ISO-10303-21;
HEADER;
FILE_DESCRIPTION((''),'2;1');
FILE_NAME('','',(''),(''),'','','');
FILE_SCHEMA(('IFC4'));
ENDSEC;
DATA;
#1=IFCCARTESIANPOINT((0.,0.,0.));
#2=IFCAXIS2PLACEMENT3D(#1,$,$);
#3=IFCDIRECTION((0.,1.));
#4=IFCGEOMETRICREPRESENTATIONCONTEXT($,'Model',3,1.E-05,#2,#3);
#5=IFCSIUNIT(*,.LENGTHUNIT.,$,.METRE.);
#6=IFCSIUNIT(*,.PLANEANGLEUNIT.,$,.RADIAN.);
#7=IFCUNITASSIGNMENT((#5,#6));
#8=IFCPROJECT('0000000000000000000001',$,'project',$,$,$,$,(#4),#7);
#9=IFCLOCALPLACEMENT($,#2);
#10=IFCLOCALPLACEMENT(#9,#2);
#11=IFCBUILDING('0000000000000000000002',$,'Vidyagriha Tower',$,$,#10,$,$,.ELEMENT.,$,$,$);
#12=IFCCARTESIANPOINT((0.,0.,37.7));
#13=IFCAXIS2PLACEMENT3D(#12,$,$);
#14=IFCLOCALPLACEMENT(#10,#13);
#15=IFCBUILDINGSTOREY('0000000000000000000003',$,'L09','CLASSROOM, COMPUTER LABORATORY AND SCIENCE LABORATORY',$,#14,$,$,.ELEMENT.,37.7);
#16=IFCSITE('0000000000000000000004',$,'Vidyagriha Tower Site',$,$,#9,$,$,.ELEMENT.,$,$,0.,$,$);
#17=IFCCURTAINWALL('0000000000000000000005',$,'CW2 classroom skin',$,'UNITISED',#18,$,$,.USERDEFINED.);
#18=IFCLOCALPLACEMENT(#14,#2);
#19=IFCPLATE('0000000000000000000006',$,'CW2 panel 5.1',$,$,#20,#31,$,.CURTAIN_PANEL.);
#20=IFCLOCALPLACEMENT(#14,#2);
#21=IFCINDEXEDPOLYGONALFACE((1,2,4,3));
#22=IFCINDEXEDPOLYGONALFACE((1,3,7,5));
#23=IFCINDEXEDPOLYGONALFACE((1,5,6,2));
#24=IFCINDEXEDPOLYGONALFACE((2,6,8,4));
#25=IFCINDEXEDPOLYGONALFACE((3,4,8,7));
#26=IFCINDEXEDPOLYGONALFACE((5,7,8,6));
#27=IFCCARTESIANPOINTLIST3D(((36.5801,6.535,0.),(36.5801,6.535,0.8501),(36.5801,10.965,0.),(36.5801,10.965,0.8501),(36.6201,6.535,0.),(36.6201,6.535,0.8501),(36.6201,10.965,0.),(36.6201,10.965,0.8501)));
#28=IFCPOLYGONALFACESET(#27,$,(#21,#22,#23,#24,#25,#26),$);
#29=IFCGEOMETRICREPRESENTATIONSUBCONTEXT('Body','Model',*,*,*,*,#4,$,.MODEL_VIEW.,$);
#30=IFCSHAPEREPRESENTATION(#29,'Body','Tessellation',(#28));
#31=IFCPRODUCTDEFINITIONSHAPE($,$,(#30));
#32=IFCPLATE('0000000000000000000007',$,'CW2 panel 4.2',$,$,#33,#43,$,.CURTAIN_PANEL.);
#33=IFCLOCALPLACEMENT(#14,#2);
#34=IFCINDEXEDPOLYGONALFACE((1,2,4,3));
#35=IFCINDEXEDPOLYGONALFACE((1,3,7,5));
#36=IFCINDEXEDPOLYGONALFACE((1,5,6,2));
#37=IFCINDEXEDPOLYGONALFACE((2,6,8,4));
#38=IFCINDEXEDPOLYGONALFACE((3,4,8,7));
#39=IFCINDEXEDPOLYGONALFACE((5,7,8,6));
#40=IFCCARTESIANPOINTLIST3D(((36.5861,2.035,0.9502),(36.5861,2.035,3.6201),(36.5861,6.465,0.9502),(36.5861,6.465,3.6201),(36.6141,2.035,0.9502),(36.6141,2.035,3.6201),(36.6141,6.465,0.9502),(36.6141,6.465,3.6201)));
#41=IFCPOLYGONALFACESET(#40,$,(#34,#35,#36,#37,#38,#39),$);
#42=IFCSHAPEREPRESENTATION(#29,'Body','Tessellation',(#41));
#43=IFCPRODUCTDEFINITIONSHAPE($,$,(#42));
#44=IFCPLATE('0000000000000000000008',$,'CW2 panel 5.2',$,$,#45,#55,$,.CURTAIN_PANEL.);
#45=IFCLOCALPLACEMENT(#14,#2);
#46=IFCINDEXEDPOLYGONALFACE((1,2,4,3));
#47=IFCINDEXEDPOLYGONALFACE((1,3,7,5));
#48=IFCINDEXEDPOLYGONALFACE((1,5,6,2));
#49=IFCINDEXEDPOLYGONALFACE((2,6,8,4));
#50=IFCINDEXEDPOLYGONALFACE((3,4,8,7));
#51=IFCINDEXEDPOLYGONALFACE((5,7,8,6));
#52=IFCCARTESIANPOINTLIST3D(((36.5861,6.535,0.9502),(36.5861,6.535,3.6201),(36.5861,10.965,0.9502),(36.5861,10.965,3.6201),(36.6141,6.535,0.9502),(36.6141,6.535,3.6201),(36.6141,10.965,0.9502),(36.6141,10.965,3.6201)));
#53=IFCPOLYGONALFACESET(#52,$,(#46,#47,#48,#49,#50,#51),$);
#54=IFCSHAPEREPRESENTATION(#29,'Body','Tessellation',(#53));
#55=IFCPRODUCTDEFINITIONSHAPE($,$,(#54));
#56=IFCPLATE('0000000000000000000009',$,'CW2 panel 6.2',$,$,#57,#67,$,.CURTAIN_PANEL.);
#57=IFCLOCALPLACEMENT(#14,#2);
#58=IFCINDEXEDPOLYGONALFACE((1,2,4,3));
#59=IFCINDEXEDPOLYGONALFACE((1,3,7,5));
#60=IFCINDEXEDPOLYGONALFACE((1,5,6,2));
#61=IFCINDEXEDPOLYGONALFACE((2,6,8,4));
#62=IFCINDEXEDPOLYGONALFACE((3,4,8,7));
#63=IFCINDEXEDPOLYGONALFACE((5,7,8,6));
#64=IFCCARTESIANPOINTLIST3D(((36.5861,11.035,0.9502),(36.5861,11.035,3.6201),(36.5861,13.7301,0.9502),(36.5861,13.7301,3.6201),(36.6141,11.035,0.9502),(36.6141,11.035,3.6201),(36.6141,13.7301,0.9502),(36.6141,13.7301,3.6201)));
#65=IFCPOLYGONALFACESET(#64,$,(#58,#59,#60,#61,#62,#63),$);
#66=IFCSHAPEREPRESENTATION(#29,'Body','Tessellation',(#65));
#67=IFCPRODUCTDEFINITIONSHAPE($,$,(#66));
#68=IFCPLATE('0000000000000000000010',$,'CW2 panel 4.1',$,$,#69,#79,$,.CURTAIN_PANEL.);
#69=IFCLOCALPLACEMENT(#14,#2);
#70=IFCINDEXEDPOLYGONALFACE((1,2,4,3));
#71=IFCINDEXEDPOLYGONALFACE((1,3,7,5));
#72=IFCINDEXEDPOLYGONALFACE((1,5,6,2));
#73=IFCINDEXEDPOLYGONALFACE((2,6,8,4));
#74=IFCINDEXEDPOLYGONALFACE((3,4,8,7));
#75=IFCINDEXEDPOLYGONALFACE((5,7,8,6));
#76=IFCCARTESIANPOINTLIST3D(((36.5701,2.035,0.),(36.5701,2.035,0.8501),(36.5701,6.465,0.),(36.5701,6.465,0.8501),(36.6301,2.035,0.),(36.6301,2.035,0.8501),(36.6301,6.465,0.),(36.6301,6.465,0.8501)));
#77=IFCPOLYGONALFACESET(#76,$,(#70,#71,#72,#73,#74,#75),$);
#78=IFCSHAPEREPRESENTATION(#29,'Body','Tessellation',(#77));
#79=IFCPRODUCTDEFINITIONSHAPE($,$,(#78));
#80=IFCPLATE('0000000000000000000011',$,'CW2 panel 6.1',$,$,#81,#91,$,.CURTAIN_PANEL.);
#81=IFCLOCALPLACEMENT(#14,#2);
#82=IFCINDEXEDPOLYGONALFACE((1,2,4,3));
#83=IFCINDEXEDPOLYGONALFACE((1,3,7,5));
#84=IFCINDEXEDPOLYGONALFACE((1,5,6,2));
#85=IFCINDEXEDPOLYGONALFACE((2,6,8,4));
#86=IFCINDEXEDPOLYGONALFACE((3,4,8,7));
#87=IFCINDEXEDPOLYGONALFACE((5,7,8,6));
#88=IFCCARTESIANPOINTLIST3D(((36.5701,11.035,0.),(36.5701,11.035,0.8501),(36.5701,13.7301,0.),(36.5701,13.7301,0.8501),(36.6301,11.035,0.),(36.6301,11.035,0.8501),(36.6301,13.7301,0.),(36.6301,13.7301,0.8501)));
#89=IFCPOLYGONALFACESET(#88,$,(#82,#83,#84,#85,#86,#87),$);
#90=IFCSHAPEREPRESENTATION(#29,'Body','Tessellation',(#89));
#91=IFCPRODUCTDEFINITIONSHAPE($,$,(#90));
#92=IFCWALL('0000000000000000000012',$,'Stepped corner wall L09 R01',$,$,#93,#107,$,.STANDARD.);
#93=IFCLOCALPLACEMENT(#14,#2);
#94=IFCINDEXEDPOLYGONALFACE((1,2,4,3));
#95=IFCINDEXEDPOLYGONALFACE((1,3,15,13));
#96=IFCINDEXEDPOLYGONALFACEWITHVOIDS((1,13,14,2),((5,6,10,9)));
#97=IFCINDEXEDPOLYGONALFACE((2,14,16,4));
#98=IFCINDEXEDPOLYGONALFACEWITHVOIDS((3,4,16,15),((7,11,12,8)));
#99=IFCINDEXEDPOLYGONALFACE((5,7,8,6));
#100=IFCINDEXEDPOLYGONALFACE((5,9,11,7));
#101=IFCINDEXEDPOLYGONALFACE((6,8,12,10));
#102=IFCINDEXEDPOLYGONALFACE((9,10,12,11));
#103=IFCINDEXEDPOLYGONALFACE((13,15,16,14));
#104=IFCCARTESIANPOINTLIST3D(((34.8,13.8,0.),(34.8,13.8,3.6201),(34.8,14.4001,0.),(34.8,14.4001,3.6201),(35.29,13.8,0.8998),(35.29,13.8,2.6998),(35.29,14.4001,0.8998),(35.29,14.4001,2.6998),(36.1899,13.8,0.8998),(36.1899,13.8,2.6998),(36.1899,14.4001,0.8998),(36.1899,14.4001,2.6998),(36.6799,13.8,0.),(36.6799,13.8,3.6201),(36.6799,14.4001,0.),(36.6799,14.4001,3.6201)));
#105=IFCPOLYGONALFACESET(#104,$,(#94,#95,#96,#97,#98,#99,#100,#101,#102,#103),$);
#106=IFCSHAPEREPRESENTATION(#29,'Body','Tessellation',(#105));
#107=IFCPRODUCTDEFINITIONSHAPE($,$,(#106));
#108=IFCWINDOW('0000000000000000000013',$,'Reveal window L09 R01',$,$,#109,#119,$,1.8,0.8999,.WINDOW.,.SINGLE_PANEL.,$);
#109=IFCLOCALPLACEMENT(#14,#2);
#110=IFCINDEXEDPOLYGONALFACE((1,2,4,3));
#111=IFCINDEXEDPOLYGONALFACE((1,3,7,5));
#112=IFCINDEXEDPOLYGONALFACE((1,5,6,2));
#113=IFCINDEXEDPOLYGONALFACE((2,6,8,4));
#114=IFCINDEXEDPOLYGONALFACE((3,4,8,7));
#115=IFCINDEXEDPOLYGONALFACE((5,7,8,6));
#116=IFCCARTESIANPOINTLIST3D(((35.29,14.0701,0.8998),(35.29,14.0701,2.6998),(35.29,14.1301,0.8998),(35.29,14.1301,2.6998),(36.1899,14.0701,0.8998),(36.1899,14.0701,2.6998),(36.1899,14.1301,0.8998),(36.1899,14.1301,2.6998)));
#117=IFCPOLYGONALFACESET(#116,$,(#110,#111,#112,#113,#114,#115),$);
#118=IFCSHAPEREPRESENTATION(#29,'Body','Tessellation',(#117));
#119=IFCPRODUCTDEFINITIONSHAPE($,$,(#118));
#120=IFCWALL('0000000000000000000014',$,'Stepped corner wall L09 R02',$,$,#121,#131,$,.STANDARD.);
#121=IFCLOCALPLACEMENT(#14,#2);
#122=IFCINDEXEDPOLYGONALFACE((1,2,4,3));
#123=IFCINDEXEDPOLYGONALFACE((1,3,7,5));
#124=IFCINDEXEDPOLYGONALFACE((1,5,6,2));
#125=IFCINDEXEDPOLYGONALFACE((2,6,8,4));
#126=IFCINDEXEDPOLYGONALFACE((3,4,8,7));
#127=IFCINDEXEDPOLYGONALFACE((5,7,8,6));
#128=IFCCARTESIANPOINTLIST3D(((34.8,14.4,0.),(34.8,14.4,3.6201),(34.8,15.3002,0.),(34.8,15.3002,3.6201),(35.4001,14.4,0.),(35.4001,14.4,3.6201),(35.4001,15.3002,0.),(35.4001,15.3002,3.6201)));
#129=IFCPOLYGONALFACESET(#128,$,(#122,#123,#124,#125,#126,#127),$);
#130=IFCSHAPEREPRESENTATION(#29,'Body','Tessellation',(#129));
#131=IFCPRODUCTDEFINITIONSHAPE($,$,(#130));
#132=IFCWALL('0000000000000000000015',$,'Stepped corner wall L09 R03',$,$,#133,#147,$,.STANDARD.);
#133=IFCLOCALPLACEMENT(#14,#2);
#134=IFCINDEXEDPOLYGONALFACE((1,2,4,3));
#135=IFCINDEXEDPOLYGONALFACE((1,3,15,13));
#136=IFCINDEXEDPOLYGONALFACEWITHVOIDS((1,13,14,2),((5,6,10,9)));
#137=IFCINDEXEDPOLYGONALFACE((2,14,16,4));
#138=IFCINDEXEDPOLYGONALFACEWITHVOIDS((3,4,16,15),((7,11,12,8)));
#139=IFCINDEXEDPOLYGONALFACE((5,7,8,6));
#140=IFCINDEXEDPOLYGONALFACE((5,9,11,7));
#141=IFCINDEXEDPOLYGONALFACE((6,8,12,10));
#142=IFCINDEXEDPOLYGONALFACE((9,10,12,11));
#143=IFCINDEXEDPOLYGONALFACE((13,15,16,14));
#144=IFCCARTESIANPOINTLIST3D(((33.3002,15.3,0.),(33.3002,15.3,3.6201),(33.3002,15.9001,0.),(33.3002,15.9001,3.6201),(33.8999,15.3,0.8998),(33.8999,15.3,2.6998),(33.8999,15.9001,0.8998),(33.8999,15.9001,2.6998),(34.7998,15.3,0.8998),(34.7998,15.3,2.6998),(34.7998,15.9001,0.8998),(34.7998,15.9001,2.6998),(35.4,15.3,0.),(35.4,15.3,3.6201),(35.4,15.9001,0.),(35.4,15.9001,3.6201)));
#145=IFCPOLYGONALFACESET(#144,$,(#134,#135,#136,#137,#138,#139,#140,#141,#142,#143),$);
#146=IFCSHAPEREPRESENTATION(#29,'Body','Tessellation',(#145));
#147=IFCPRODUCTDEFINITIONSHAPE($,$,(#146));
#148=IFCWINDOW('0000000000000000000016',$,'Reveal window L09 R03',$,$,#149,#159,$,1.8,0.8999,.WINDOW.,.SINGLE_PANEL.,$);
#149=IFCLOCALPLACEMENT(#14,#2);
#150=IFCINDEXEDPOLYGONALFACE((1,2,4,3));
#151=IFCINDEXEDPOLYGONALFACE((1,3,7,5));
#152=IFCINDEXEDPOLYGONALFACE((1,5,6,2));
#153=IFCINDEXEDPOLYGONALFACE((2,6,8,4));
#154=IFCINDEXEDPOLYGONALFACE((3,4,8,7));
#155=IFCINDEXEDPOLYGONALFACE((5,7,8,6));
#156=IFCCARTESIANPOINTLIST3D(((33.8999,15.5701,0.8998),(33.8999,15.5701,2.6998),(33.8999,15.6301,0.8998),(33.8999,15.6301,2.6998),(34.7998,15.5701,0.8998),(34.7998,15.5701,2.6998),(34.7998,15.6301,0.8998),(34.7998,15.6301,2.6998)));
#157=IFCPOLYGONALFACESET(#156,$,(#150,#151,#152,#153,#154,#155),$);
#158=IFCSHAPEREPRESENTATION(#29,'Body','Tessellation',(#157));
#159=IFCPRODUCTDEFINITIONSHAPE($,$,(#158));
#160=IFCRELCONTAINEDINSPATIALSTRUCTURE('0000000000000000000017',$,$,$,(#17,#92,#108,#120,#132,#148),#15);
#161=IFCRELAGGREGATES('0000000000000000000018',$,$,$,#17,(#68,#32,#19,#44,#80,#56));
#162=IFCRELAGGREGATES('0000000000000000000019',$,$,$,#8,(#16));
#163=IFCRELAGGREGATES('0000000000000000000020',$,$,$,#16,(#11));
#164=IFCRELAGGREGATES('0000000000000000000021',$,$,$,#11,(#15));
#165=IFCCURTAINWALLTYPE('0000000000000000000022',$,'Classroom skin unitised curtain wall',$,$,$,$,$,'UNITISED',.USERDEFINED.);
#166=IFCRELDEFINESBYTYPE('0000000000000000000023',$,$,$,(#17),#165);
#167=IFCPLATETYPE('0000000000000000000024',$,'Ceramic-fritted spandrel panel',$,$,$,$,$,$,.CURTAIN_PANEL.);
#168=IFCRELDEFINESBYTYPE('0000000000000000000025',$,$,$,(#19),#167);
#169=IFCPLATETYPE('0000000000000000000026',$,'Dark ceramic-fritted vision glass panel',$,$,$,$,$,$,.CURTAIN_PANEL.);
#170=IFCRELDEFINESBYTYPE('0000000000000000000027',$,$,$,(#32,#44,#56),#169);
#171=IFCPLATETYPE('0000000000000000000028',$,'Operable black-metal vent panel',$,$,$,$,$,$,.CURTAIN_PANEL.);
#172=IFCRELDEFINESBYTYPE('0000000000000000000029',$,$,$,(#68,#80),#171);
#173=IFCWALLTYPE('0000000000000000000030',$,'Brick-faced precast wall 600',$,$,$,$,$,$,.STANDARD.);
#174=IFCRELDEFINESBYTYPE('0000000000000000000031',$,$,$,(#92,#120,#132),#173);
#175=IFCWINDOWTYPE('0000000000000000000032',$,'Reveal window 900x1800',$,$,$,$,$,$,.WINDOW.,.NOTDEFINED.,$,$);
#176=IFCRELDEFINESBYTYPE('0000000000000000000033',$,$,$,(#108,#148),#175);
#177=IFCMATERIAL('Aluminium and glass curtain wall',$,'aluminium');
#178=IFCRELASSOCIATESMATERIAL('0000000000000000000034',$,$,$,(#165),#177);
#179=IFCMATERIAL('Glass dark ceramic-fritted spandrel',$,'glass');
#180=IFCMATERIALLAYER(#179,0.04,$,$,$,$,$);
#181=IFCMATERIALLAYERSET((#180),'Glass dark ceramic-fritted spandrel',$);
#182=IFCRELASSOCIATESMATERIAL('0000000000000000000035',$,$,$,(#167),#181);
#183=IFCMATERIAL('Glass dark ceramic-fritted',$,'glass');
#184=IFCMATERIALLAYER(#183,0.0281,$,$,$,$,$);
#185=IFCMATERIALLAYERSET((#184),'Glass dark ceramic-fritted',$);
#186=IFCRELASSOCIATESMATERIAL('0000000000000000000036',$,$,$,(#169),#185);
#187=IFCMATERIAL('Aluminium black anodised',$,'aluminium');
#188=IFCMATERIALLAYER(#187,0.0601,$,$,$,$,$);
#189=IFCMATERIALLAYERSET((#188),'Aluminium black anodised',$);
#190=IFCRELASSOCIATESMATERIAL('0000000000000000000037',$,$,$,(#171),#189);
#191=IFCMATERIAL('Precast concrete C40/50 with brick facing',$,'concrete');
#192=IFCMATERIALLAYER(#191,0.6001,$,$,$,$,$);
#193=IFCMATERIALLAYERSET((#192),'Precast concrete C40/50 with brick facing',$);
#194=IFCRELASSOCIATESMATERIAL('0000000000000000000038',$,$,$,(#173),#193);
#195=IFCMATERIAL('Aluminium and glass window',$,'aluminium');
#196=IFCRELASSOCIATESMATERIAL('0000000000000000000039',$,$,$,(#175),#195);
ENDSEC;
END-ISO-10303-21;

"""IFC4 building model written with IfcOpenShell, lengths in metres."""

from ifc_helpers import new_model, si_unit, direction, frame, frame_2d, origin, origin_2d, place, context, subcontext, project, spatial, rectangle, extrude, material, layer, layer_set, type_object, element, fill, aggregate, save


model = new_model("IFC4")

# Units and contexts
model_context = context("Model", 3, precision=1e-05, world=origin(), true_north=direction((0.0, 1.0)))
body_context = subcontext(model_context, "Body", "Model", "MODEL_VIEW")
ifc_project = project(units=[si_unit("LENGTHUNIT", "METRE"), si_unit("PLANEANGLEUNIT", "RADIAN")], contexts=[model_context])

# Site, building, storey
site_placement = place(None, origin())
site = spatial("IfcSite", under=ifc_project, at=site_placement, Name="Vidyagriha Tower Site", CompositionType="ELEMENT", RefElevation=0.0)
building_placement = place(site_placement, origin())
building = spatial("IfcBuilding", under=site, at=building_placement, Name="Vidyagriha Tower", CompositionType="ELEMENT")
storey_placement = place(building_placement, frame((0.0, 0.0, 37.7)))
storey = spatial("IfcBuildingStorey", under=building, at=storey_placement, Name="L09", Description="CLASSROOM, COMPUTER LABORATORY AND SCIENCE LABORATORY", CompositionType="ELEMENT", Elevation=37.7)

# Curtain wall, plates
ifc_material_1 = material(Name="Aluminium and glass curtain wall", Category="aluminium")
curtain_wall_type = type_object("IfcCurtainWallType", Name="Classroom skin unitised curtain wall", ElementType="UNITISED", PredefinedType="USERDEFINED", material=ifc_material_1)
curtain_wall_placement = place(storey_placement, origin())
curtain_wall = element("IfcCurtainWall", 1, at=curtain_wall_placement, inside=storey, type_object=curtain_wall_type, Name="CW2 classroom skin", ObjectType="UNITISED", PredefinedType="USERDEFINED")
ifc_material_2 = material(Name="Glass dark ceramic-fritted spandrel", Category="glass")
ifc_layer_1 = layer(ifc_material_2, 0.04)
ifc_layer_set_1 = layer_set([ifc_layer_1], Name="Glass dark ceramic-fritted spandrel")
plate_type_1 = type_object("IfcPlateType", Name="Ceramic-fritted spandrel panel", PredefinedType="CURTAIN_PANEL", material=ifc_layer_set_1)
plate_1_placement = place(storey_placement, frame((36.6001, 8.75, 0.0), z_axis=(0.0, 0.0, 1.0), x_axis=(0.0, 1.0, 0.0)))
plate_1 = element("IfcPlate", 2, at=plate_1_placement, type_object=plate_type_1, Name="CW2 panel 5.1", PredefinedType="CURTAIN_PANEL", context=body_context, shape_type="SweptSolid", body=[
    extrude(rectangle(XDim=4.4299, YDim=0.04, at=origin_2d()), origin(), (0.0, 0.0, 1.0), 0.8501),
])
ifc_material_3 = material(Name="Glass dark ceramic-fritted", Category="glass")
ifc_layer_2 = layer(ifc_material_3, 0.0281)
ifc_layer_set_2 = layer_set([ifc_layer_2], Name="Glass dark ceramic-fritted")
plate_type_2 = type_object("IfcPlateType", Name="Dark ceramic-fritted vision glass panel", PredefinedType="CURTAIN_PANEL", material=ifc_layer_set_2)
plate_2_placement = place(storey_placement, frame((36.6001, 4.25, 0.9502), z_axis=(0.0, 0.0, 1.0), x_axis=(0.0, 1.0, 0.0)))
plate_2 = element("IfcPlate", 3, at=plate_2_placement, type_object=plate_type_2, Name="CW2 panel 4.2", PredefinedType="CURTAIN_PANEL", context=body_context, shape_type="SweptSolid", body=[
    extrude(rectangle(XDim=4.4299, YDim=0.0281, at=origin_2d()), origin(), (0.0, 0.0, 1.0), 2.6699),
])
plate_3_placement = place(storey_placement, frame((36.6001, 8.75, 0.9502), z_axis=(0.0, 0.0, 1.0), x_axis=(0.0, 1.0, 0.0)))
plate_3 = element("IfcPlate", 4, at=plate_3_placement, type_object=plate_type_2, Name="CW2 panel 5.2", PredefinedType="CURTAIN_PANEL", context=body_context, shape_type="SweptSolid", body=[
    extrude(rectangle(XDim=4.4299, YDim=0.0281, at=origin_2d()), origin(), (0.0, 0.0, 1.0), 2.6699),
])
plate_4_placement = place(storey_placement, frame((36.6001, 12.3826, 0.9502), z_axis=(0.0, 0.0, 1.0), x_axis=(0.0, 1.0, 0.0)))
plate_4 = element("IfcPlate", 5, at=plate_4_placement, type_object=plate_type_2, Name="CW2 panel 6.2", PredefinedType="CURTAIN_PANEL", context=body_context, shape_type="SweptSolid", body=[
    extrude(rectangle(XDim=2.6951, YDim=0.0281, at=origin_2d()), origin(), (0.0, 0.0, 1.0), 2.6699),
])
ifc_material_4 = material(Name="Aluminium black anodised", Category="aluminium")
ifc_layer_3 = layer(ifc_material_4, 0.0601)
ifc_layer_set_3 = layer_set([ifc_layer_3], Name="Aluminium black anodised")
plate_type_3 = type_object("IfcPlateType", Name="Operable black-metal vent panel", PredefinedType="CURTAIN_PANEL", material=ifc_layer_set_3)
plate_5_placement = place(storey_placement, frame((36.6001, 4.25, 0.0), z_axis=(0.0, 0.0, 1.0), x_axis=(0.0, 1.0, 0.0)))
plate_5 = element("IfcPlate", 6, at=plate_5_placement, type_object=plate_type_3, Name="CW2 panel 4.1", PredefinedType="CURTAIN_PANEL", context=body_context, shape_type="SweptSolid", body=[
    extrude(rectangle(XDim=4.4299, YDim=0.0601, at=origin_2d()), origin(), (0.0, 0.0, 1.0), 0.8501),
])
plate_6_placement = place(storey_placement, frame((36.6001, 12.3826, 0.0), z_axis=(0.0, 0.0, 1.0), x_axis=(0.0, 1.0, 0.0)))
plate_6 = element("IfcPlate", 7, at=plate_6_placement, type_object=plate_type_3, Name="CW2 panel 6.1", PredefinedType="CURTAIN_PANEL", context=body_context, shape_type="SweptSolid", body=[
    extrude(rectangle(XDim=2.6951, YDim=0.0601, at=origin_2d()), origin(), (0.0, 0.0, 1.0), 0.8501),
])
aggregate(curtain_wall, [plate_5, plate_2, plate_1, plate_3, plate_6, plate_4])

# Wall, opening, window
ifc_material_5 = material(Name="Precast concrete C40/50 with brick facing", Category="concrete")
ifc_layer_4 = layer(ifc_material_5, 0.6001)
ifc_layer_set_4 = layer_set([ifc_layer_4], Name="Precast concrete C40/50 with brick facing")
wall_type = type_object("IfcWallType", Name="Brick-faced precast wall 600", PredefinedType="STANDARD", material=ifc_layer_set_4)
wall_1_placement = place(storey_placement, frame((36.6799, 14.1001, 0.0), z_axis=(0.0, 0.0, 1.0), x_axis=(-1.0, 0.0, 0.0)))
wall_1 = element("IfcWall", 8, at=wall_1_placement, inside=storey, type_object=wall_type, Name="Stepped corner wall L09 R01", PredefinedType="STANDARD", context=body_context, shape_type="SweptSolid", body=[
    extrude(rectangle(XDim=1.8799, YDim=0.6001, at=frame_2d((0.9399, 0.0))), origin(), (0.0, 0.0, 1.0), 3.6201),
])
opening_1_placement = place(wall_1_placement, frame((0.49, 0.0, 0.8999)))
opening_1 = element("IfcOpeningElement", 9, at=opening_1_placement, cuts=wall_1, PredefinedType="OPENING", context=body_context, shape_type="SweptSolid", body=[
    extrude(rectangle(XDim=0.8999, YDim=1.8, at=frame_2d((0.45, 0.8999))), frame((0.0, 0.3101, 0.0), z_axis=(0.0, -1.0, 0.0), x_axis=(1.0, 0.0, 0.0)), (0.0, 0.0, 1.0), 0.6201),
])
ifc_material_6 = material(Name="Aluminium and glass window", Category="aluminium")
window_type = type_object("IfcWindowType", Name="Reveal window 900x1800", PartitioningType="NOTDEFINED", PredefinedType="WINDOW", material=ifc_material_6)
window_1_placement = place(opening_1_placement, origin())
window_1 = element("IfcWindow", 10, at=window_1_placement, inside=storey, type_object=window_type, Name="Reveal window L09 R01", OverallHeight=1.8, OverallWidth=0.8999, PartitioningType="SINGLE_PANEL", PredefinedType="WINDOW", context=body_context, shape_type="SweptSolid", body=[
    extrude(rectangle(XDim=0.8999, YDim=1.8, at=frame_2d((0.45, 0.8999))), frame((0.0, 0.03, 0.0), z_axis=(0.0, -1.0, 0.0), x_axis=(1.0, 0.0, 0.0)), (0.0, 0.0, 1.0), 0.0601),
])
fill(opening_1, window_1)

# Wall
wall_2_placement = place(storey_placement, frame((35.1001, 14.3999, 0.0), z_axis=(0.0, 0.0, 1.0), x_axis=(0.0, 1.0, 0.0)))
element("IfcWall", 11, at=wall_2_placement, inside=storey, type_object=wall_type, Name="Stepped corner wall L09 R02", PredefinedType="STANDARD", context=body_context, shape_type="SweptSolid", body=[
    extrude(rectangle(XDim=0.9001, YDim=0.6001, at=frame_2d((0.4502, 0.0))), origin(), (0.0, 0.0, 1.0), 3.6201),
])

# Wall, opening, window
wall_3_placement = place(storey_placement, frame((35.3999, 15.6001, 0.0), z_axis=(0.0, 0.0, 1.0), x_axis=(-1.0, 0.0, 0.0)))
wall_3 = element("IfcWall", 12, at=wall_3_placement, inside=storey, type_object=wall_type, Name="Stepped corner wall L09 R03", PredefinedType="STANDARD", context=body_context, shape_type="SweptSolid", body=[
    extrude(rectangle(XDim=2.0999, YDim=0.6001, at=frame_2d((1.0498, 0.0))), origin(), (0.0, 0.0, 1.0), 3.6201),
])
opening_2_placement = place(wall_3_placement, frame((0.6001, 0.0, 0.8999)))
opening_2 = element("IfcOpeningElement", 13, at=opening_2_placement, cuts=wall_3, PredefinedType="OPENING", context=body_context, shape_type="SweptSolid", body=[
    extrude(rectangle(XDim=0.8999, YDim=1.8, at=frame_2d((0.45, 0.8999))), frame((0.0, 0.3101, 0.0), z_axis=(0.0, -1.0, 0.0), x_axis=(1.0, 0.0, 0.0)), (0.0, 0.0, 1.0), 0.6201),
])
window_2_placement = place(opening_2_placement, origin())
window_2 = element("IfcWindow", 14, at=window_2_placement, inside=storey, type_object=window_type, Name="Reveal window L09 R03", OverallHeight=1.8, OverallWidth=0.8999, PartitioningType="SINGLE_PANEL", PredefinedType="WINDOW", context=body_context, shape_type="SweptSolid", body=[
    extrude(rectangle(XDim=0.8999, YDim=1.8, at=frame_2d((0.45, 0.8999))), frame((0.0, 0.03, 0.0), z_axis=(0.0, -1.0, 0.0), x_axis=(1.0, 0.0, 0.0)), (0.0, 0.0, 1.0), 0.0601),
])
fill(opening_2, window_2)

save(model, "model.ifc")
